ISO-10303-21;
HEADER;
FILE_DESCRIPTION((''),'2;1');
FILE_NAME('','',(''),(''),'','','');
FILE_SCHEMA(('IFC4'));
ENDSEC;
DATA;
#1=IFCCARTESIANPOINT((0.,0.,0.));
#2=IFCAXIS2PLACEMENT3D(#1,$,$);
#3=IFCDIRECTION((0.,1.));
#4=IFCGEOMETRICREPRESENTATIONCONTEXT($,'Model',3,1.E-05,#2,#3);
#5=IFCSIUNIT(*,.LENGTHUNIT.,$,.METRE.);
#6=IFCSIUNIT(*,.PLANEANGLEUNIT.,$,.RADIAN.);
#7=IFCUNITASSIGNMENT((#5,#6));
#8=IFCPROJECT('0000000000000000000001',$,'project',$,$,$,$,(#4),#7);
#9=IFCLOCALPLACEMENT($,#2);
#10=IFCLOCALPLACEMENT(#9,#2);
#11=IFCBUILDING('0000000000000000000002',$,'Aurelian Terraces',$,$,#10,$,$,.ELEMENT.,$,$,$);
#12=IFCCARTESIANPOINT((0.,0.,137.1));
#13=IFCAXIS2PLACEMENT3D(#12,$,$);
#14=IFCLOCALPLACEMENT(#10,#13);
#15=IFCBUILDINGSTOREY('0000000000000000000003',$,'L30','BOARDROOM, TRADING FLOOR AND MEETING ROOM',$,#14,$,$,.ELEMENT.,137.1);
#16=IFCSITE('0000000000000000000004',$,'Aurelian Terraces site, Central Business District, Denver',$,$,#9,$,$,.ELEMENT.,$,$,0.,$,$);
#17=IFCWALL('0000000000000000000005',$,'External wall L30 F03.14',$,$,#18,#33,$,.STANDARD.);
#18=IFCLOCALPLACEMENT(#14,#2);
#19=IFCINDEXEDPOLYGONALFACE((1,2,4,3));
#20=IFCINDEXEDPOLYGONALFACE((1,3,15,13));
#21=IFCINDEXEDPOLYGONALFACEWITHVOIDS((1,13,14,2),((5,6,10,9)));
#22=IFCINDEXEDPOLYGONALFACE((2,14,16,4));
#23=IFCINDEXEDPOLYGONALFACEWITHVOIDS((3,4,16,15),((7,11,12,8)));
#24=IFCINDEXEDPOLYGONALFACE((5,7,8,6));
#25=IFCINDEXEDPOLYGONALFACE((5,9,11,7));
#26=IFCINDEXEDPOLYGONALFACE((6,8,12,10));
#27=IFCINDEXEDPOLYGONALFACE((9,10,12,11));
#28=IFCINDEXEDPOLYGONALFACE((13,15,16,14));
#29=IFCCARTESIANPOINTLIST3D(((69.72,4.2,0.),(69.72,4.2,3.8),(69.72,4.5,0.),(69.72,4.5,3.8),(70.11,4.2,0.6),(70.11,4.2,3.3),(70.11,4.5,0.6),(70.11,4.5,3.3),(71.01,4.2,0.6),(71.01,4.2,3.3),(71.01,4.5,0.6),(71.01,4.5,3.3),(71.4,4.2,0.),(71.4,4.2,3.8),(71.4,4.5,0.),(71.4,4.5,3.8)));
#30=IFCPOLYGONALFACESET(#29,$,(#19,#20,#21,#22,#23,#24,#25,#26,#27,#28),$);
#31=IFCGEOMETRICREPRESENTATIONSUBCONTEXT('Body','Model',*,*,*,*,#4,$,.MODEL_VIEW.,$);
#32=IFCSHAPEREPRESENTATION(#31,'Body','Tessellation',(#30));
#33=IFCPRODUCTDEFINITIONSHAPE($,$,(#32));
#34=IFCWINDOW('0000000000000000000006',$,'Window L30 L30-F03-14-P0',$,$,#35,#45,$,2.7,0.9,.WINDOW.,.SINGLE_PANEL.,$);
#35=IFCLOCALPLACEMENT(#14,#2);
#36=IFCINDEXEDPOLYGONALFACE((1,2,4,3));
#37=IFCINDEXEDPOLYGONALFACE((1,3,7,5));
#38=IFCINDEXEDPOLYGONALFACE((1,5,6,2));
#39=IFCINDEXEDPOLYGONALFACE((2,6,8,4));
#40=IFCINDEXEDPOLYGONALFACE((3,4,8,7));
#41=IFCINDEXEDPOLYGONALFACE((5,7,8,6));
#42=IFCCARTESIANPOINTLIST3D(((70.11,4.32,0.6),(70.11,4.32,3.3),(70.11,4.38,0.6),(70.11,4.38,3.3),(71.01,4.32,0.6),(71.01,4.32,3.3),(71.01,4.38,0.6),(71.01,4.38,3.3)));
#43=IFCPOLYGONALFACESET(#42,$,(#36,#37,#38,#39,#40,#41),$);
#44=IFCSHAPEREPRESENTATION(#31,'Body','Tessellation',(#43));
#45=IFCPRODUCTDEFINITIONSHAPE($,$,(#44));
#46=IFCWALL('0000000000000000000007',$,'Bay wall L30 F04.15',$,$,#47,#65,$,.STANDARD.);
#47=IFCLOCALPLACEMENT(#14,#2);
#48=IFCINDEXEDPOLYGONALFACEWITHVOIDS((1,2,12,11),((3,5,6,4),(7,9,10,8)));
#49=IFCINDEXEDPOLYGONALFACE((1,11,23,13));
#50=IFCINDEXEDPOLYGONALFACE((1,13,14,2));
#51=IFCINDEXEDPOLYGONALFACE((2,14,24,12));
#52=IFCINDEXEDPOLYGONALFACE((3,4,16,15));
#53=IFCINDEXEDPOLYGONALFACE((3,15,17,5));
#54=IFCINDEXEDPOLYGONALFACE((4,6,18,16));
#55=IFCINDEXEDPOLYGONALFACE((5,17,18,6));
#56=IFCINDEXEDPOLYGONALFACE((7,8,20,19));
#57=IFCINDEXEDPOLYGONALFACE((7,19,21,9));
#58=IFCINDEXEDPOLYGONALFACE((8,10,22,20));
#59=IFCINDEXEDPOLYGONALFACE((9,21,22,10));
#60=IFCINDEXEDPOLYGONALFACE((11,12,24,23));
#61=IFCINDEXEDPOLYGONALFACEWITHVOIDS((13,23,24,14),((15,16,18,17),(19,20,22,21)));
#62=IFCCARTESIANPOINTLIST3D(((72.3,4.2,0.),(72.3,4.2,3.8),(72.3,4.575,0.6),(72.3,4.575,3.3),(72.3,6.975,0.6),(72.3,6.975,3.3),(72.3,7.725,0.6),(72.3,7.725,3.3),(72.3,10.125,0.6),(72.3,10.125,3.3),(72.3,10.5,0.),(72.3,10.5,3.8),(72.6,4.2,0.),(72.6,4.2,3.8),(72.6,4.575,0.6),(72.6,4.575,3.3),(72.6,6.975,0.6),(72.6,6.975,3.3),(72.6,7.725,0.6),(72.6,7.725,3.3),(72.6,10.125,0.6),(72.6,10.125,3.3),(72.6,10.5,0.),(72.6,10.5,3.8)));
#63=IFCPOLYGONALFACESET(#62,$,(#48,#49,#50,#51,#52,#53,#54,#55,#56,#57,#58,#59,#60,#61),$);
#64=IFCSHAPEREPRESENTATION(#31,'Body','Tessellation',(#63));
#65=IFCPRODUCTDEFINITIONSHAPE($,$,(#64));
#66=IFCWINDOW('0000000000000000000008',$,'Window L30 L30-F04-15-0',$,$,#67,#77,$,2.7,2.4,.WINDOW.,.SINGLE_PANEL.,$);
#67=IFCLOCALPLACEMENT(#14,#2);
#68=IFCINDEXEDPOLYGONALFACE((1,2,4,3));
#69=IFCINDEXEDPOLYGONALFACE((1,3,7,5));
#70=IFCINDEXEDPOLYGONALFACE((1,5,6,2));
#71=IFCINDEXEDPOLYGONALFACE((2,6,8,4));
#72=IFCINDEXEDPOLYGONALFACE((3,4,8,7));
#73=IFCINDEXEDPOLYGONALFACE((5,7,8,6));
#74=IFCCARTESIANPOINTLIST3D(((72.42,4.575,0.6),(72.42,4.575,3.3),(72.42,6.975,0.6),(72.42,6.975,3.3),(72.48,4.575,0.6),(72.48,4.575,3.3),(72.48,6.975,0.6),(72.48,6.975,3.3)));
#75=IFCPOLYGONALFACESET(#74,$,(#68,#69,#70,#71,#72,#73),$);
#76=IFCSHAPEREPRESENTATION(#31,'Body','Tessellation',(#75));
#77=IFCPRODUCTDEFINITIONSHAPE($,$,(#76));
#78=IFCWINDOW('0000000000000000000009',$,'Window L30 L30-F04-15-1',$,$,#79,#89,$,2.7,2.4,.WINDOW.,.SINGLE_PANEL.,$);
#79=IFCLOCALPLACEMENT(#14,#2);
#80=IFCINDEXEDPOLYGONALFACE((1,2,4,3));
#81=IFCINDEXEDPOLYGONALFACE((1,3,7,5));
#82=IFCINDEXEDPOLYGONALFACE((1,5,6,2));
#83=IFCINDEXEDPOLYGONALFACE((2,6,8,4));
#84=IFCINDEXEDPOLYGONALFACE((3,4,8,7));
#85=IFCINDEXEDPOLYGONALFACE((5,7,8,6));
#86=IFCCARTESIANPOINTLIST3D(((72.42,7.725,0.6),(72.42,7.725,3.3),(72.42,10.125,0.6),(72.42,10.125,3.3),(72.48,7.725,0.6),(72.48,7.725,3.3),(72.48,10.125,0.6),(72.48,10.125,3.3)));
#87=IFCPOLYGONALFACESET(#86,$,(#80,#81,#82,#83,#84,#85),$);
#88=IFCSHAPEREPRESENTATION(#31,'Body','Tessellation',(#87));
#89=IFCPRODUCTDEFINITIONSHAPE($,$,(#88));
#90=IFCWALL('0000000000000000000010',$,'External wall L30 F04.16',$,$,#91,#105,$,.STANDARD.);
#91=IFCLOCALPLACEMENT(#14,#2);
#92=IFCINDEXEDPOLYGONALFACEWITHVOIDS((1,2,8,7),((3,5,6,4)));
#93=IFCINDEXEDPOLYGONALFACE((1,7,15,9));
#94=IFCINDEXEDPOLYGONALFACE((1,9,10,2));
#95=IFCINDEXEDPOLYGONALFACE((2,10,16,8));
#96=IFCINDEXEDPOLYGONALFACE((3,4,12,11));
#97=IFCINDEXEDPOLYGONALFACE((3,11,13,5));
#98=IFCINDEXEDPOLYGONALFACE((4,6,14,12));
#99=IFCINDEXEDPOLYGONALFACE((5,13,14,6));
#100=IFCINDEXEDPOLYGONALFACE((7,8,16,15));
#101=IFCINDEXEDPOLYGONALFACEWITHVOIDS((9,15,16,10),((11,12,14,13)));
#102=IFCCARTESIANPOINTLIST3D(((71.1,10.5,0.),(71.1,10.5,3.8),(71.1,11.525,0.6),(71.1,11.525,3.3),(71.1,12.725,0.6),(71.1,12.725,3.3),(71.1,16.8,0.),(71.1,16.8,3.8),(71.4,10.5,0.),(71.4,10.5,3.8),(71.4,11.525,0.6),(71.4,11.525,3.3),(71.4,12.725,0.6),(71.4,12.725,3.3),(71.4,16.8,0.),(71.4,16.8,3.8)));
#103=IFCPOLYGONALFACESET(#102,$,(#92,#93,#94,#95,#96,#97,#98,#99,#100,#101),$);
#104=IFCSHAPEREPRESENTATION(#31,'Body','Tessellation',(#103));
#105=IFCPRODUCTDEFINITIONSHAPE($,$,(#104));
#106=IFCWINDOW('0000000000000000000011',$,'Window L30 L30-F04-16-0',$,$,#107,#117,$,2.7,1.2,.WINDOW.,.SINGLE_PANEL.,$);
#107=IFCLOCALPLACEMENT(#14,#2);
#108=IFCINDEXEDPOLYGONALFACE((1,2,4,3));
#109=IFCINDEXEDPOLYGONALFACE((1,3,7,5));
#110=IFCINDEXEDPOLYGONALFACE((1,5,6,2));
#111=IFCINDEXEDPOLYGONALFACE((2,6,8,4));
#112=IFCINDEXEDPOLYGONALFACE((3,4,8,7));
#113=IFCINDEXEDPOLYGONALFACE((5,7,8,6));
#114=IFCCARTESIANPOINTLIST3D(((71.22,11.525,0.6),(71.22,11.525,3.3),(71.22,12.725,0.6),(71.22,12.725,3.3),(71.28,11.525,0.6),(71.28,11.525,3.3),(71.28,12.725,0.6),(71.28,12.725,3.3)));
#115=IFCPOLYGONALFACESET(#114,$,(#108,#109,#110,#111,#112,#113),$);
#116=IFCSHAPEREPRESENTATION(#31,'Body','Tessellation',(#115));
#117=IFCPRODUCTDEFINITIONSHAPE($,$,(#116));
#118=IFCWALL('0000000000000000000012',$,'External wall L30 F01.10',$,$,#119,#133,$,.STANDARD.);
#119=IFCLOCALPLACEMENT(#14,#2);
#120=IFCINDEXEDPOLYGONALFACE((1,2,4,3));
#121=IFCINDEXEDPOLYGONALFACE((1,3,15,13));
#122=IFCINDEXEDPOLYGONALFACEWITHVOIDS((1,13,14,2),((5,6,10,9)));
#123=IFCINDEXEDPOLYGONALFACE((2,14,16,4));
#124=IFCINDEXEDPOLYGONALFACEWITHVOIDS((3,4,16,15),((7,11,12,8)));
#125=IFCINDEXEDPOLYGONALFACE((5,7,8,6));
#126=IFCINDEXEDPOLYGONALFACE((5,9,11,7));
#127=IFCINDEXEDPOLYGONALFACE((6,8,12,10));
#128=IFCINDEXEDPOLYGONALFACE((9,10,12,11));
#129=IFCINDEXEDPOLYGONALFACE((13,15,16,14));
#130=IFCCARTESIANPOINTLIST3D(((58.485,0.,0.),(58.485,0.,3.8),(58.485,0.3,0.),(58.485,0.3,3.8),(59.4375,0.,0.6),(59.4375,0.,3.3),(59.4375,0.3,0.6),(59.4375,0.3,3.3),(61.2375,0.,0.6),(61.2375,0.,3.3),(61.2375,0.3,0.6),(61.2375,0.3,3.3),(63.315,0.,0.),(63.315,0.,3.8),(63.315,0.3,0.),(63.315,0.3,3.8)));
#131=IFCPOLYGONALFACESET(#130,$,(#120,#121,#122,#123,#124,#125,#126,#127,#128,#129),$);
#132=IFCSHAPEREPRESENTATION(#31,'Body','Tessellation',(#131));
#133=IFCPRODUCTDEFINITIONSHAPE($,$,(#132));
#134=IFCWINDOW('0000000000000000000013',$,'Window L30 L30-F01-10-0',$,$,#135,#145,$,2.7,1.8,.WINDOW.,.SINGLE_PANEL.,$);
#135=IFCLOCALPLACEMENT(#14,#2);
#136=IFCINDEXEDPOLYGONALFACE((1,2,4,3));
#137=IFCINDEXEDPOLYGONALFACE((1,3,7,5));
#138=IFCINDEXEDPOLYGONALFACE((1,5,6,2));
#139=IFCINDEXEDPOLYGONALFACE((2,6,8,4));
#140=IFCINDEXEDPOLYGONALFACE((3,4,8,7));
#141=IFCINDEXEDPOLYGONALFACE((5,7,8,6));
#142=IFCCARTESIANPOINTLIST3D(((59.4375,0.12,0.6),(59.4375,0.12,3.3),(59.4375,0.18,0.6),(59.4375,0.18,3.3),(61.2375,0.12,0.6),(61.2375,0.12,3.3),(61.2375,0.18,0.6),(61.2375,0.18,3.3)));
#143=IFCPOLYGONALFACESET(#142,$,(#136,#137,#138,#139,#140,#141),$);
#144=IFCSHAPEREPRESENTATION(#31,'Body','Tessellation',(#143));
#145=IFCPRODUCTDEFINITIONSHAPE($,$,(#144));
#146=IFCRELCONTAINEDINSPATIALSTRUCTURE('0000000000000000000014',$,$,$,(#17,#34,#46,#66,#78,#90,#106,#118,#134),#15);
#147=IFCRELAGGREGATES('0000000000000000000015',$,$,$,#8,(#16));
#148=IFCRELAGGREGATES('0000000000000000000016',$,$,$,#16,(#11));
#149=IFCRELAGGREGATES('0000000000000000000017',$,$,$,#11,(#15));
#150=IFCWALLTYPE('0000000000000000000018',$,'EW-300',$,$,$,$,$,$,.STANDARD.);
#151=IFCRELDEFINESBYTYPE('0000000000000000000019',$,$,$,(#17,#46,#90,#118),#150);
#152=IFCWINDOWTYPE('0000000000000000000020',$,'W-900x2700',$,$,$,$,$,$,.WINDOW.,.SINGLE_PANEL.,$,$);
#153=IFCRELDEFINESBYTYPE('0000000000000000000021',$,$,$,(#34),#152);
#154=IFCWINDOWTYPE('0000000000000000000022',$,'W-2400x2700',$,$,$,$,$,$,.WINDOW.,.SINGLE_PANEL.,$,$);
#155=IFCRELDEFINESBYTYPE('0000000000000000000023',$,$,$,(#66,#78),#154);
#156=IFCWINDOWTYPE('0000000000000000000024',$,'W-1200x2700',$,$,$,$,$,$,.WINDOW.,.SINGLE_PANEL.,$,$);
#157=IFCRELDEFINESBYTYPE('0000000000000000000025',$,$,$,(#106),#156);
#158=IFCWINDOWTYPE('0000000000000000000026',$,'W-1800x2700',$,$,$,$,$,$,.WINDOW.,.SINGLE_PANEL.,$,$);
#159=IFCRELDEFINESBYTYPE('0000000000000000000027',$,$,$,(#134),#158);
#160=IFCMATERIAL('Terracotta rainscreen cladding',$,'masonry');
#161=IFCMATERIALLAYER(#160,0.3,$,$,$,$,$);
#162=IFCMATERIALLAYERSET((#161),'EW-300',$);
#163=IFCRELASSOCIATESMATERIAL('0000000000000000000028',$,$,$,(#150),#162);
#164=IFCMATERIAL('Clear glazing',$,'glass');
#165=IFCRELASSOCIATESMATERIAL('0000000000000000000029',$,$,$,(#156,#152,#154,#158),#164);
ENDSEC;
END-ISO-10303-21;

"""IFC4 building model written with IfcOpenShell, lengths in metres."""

from ifc_helpers import new_model, si_unit, direction, frame, frame_2d, origin, place, context, subcontext, project, spatial, rectangle, extrude, source, transform, mapped, material, layer, layer_set, type_object, element, fill, save


model = new_model("IFC4")

# Units and contexts
model_context = context("Model", 3, precision=1e-05, world=origin(), true_north=direction((0.0, 1.0)))
body_context = subcontext(model_context, "Body", "Model", "MODEL_VIEW")
ifc_project = project(units=[si_unit("LENGTHUNIT", "METRE"), si_unit("PLANEANGLEUNIT", "RADIAN")], contexts=[model_context])

# Site, building, storey
site_placement = place(None, origin())
site = spatial("IfcSite", under=ifc_project, at=site_placement, Name="Aurelian Terraces site, Central Business District, Denver", CompositionType="ELEMENT", RefElevation=0.0)
building_placement = place(site_placement, origin())
building = spatial("IfcBuilding", under=site, at=building_placement, Name="Aurelian Terraces", CompositionType="ELEMENT")
storey_placement = place(building_placement, frame((0.0, 0.0, 137.1)))
storey = spatial("IfcBuildingStorey", under=building, at=storey_placement, Name="L30", Description="BOARDROOM, TRADING FLOOR AND MEETING ROOM", CompositionType="ELEMENT", Elevation=137.1)

# Shared definitions
ifc_material_1 = material(Name="Terracotta rainscreen cladding", Category="masonry")
ifc_layer_1 = layer(ifc_material_1, 0.3)
ifc_layer_set_1 = layer_set([ifc_layer_1], Name="EW-300")
wall_type_1 = type_object("IfcWallType", Name="EW-300", PredefinedType="STANDARD", material=ifc_layer_set_1)
ifc_material_2 = material(Name="Clear glazing", Category="glass")

# Wall, opening, window
shared_shape_1 = source(origin(), body_context, "Body", "SweptSolid", [
    extrude(rectangle(XDim=1.2, YDim=2.7, at=frame_2d((0.6, 1.35))), frame((0.0, 0.16, 0.0), z_axis=(0.0, -1.0, 0.0), x_axis=(1.0, 0.0, 0.0)), (0.0, 0.0, 1.0), 0.32),
])
window_type_1 = type_object("IfcWindowType", Name="W-1200x2700", PartitioningType="SINGLE_PANEL", PredefinedType="WINDOW", material=ifc_material_2)
shared_shape_2 = source(origin(), body_context, "Body", "SweptSolid", [
    extrude(rectangle(XDim=1.2, YDim=2.7, at=frame_2d((0.6, 1.35))), frame((0.0, 0.03, 0.0), z_axis=(0.0, -1.0, 0.0), x_axis=(1.0, 0.0, 0.0)), (0.0, 0.0, 1.0), 0.06),
])
shared_shape_3 = source(origin(), body_context, "Body", "SweptSolid", [
    extrude(rectangle(XDim=1.68, YDim=0.3, at=frame_2d((0.84, 0.0))), origin(), (0.0, 0.0, 1.0), 3.8),
])
wall_1_placement = place(storey_placement, frame((69.72, 4.35, 0.0), z_axis=(0.0, 0.0, 1.0), x_axis=(1.0, 0.0, 0.0)))
wall_1 = element("IfcWall", 1, at=wall_1_placement, inside=storey, type_object=wall_type_1, Name="External wall L30 F03.14", PredefinedType="STANDARD", context=body_context, shape_type="MappedRepresentation", body=[
    mapped(shared_shape_3, transform((0.0, 0.0, 0.0), scale=1.0)),
])
shared_shape_4 = source(origin(), body_context, "Body", "SweptSolid", [
    extrude(rectangle(XDim=0.9, YDim=2.7, at=frame_2d((0.45, 1.35))), frame((0.0, 0.16, 0.0), z_axis=(0.0, -1.0, 0.0), x_axis=(1.0, 0.0, 0.0)), (0.0, 0.0, 1.0), 0.32),
])
opening_1_placement = place(wall_1_placement, frame((0.39, 0.0, 0.6)))
opening_1 = element("IfcOpeningElement", 2, at=opening_1_placement, cuts=wall_1, PredefinedType="OPENING", context=body_context, shape_type="MappedRepresentation", body=[
    mapped(shared_shape_4, transform((0.0, 0.0, 0.0), scale=1.0)),
])
window_type_2 = type_object("IfcWindowType", Name="W-900x2700", PartitioningType="SINGLE_PANEL", PredefinedType="WINDOW", material=ifc_material_2)
shared_shape_5 = source(origin(), body_context, "Body", "SweptSolid", [
    extrude(rectangle(XDim=0.9, YDim=2.7, at=frame_2d((0.45, 1.35))), frame((0.0, 0.03, 0.0), z_axis=(0.0, -1.0, 0.0), x_axis=(1.0, 0.0, 0.0)), (0.0, 0.0, 1.0), 0.06),
])
window_1_placement = place(opening_1_placement, origin())
window_1 = element("IfcWindow", 3, at=window_1_placement, inside=storey, type_object=window_type_2, Name="Window L30 L30-F03-14-P0", OverallHeight=2.7, OverallWidth=0.9, PartitioningType="SINGLE_PANEL", PredefinedType="WINDOW", context=body_context, shape_type="MappedRepresentation", body=[
    mapped(shared_shape_5, transform((0.0, 0.0, 0.0), scale=1.0)),
])
fill(opening_1, window_1)

# Wall, openings, windows
shared_shape_6 = source(origin(), body_context, "Body", "SweptSolid", [
    extrude(rectangle(XDim=6.3, YDim=0.3, at=frame_2d((3.15, 0.0))), origin(), (0.0, 0.0, 1.0), 3.8),
])
wall_2_placement = place(storey_placement, frame((72.45, 4.2, 0.0), z_axis=(0.0, 0.0, 1.0), x_axis=(0.0, 1.0, 0.0)))
wall_2 = element("IfcWall", 4, at=wall_2_placement, inside=storey, type_object=wall_type_1, Name="Bay wall L30 F04.15", PredefinedType="STANDARD", context=body_context, shape_type="MappedRepresentation", body=[
    mapped(shared_shape_6, transform((0.0, 0.0, 0.0), scale=1.0)),
])
shared_shape_7 = source(origin(), body_context, "Body", "SweptSolid", [
    extrude(rectangle(XDim=2.4, YDim=2.7, at=frame_2d((1.2, 1.35))), frame((0.0, 0.16, 0.0), z_axis=(0.0, -1.0, 0.0), x_axis=(1.0, 0.0, 0.0)), (0.0, 0.0, 1.0), 0.32),
])
opening_2_placement = place(wall_2_placement, frame((0.375, 0.0, 0.6)))
opening_2 = element("IfcOpeningElement", 5, at=opening_2_placement, cuts=wall_2, PredefinedType="OPENING", context=body_context, shape_type="MappedRepresentation", body=[
    mapped(shared_shape_7, transform((0.0, 0.0, 0.0), scale=1.0)),
])
opening_3_placement = place(wall_2_placement, frame((3.525, 0.0, 0.6)))
opening_3 = element("IfcOpeningElement", 6, at=opening_3_placement, cuts=wall_2, PredefinedType="OPENING", context=body_context, shape_type="MappedRepresentation", body=[
    mapped(shared_shape_7, transform((0.0, 0.0, 0.0), scale=1.0)),
])
window_type_3 = type_object("IfcWindowType", Name="W-2400x2700", PartitioningType="SINGLE_PANEL", PredefinedType="WINDOW", material=ifc_material_2)
shared_shape_8 = source(origin(), body_context, "Body", "SweptSolid", [
    extrude(rectangle(XDim=2.4, YDim=2.7, at=frame_2d((1.2, 1.35))), frame((0.0, 0.03, 0.0), z_axis=(0.0, -1.0, 0.0), x_axis=(1.0, 0.0, 0.0)), (0.0, 0.0, 1.0), 0.06),
])
window_2_placement = place(opening_2_placement, origin())
window_2 = element("IfcWindow", 7, at=window_2_placement, inside=storey, type_object=window_type_3, Name="Window L30 L30-F04-15-0", OverallHeight=2.7, OverallWidth=2.4, PartitioningType="SINGLE_PANEL", PredefinedType="WINDOW", context=body_context, shape_type="MappedRepresentation", body=[
    mapped(shared_shape_8, transform((0.0, 0.0, 0.0), scale=1.0)),
])
fill(opening_2, window_2)
window_3_placement = place(opening_3_placement, origin())
window_3 = element("IfcWindow", 8, at=window_3_placement, inside=storey, type_object=window_type_3, Name="Window L30 L30-F04-15-1", OverallHeight=2.7, OverallWidth=2.4, PartitioningType="SINGLE_PANEL", PredefinedType="WINDOW", context=body_context, shape_type="MappedRepresentation", body=[
    mapped(shared_shape_8, transform((0.0, 0.0, 0.0), scale=1.0)),
])
fill(opening_3, window_3)

# Walls, openings, windows
wall_3_placement = place(storey_placement, frame((71.25, 10.5, 0.0), z_axis=(0.0, 0.0, 1.0), x_axis=(0.0, 1.0, 0.0)))
wall_3 = element("IfcWall", 9, at=wall_3_placement, inside=storey, type_object=wall_type_1, Name="External wall L30 F04.16", PredefinedType="STANDARD", context=body_context, shape_type="MappedRepresentation", body=[
    mapped(shared_shape_6, transform((0.0, 0.0, 0.0), scale=1.0)),
])
opening_4_placement = place(wall_3_placement, frame((1.025, 0.0, 0.6)))
opening_4 = element("IfcOpeningElement", 10, at=opening_4_placement, cuts=wall_3, PredefinedType="OPENING", context=body_context, shape_type="MappedRepresentation", body=[
    mapped(shared_shape_1, transform((0.0, 0.0, 0.0), scale=1.0)),
])
window_4_placement = place(opening_4_placement, origin())
window_4 = element("IfcWindow", 11, at=window_4_placement, inside=storey, type_object=window_type_1, Name="Window L30 L30-F04-16-0", OverallHeight=2.7, OverallWidth=1.2, PartitioningType="SINGLE_PANEL", PredefinedType="WINDOW", context=body_context, shape_type="MappedRepresentation", body=[
    mapped(shared_shape_2, transform((0.0, 0.0, 0.0), scale=1.0)),
])
fill(opening_4, window_4)
shared_shape_9 = source(origin(), body_context, "Body", "SweptSolid", [
    extrude(rectangle(XDim=4.83, YDim=0.3, at=frame_2d((2.415, 0.0))), origin(), (0.0, 0.0, 1.0), 3.8),
])
wall_4_placement = place(storey_placement, frame((58.485, 0.15, 0.0), z_axis=(0.0, 0.0, 1.0), x_axis=(1.0, 0.0, 0.0)))
wall_4 = element("IfcWall", 12, at=wall_4_placement, inside=storey, type_object=wall_type_1, Name="External wall L30 F01.10", PredefinedType="STANDARD", context=body_context, shape_type="MappedRepresentation", body=[
    mapped(shared_shape_9, transform((0.0, 0.0, 0.0), scale=1.0)),
])
shared_shape_10 = source(origin(), body_context, "Body", "SweptSolid", [
    extrude(rectangle(XDim=1.8, YDim=2.7, at=frame_2d((0.9, 1.35))), frame((0.0, 0.16, 0.0), z_axis=(0.0, -1.0, 0.0), x_axis=(1.0, 0.0, 0.0)), (0.0, 0.0, 1.0), 0.32),
])
opening_5_placement = place(wall_4_placement, frame((0.9525, 0.0, 0.6)))
opening_5 = element("IfcOpeningElement", 13, at=opening_5_placement, cuts=wall_4, PredefinedType="OPENING", context=body_context, shape_type="MappedRepresentation", body=[
    mapped(shared_shape_10, transform((0.0, 0.0, 0.0), scale=1.0)),
])
window_type_4 = type_object("IfcWindowType", Name="W-1800x2700", PartitioningType="SINGLE_PANEL", PredefinedType="WINDOW", material=ifc_material_2)
shared_shape_11 = source(origin(), body_context, "Body", "SweptSolid", [
    extrude(rectangle(XDim=1.8, YDim=2.7, at=frame_2d((0.9, 1.35))), frame((0.0, 0.03, 0.0), z_axis=(0.0, -1.0, 0.0), x_axis=(1.0, 0.0, 0.0)), (0.0, 0.0, 1.0), 0.06),
])
window_5_placement = place(opening_5_placement, origin())
window_5 = element("IfcWindow", 14, at=window_5_placement, inside=storey, type_object=window_type_4, Name="Window L30 L30-F01-10-0", OverallHeight=2.7, OverallWidth=1.8, PartitioningType="SINGLE_PANEL", PredefinedType="WINDOW", context=body_context, shape_type="MappedRepresentation", body=[
    mapped(shared_shape_11, transform((0.0, 0.0, 0.0), scale=1.0)),
])
fill(opening_5, window_5)

save(model, "model.ifc")
